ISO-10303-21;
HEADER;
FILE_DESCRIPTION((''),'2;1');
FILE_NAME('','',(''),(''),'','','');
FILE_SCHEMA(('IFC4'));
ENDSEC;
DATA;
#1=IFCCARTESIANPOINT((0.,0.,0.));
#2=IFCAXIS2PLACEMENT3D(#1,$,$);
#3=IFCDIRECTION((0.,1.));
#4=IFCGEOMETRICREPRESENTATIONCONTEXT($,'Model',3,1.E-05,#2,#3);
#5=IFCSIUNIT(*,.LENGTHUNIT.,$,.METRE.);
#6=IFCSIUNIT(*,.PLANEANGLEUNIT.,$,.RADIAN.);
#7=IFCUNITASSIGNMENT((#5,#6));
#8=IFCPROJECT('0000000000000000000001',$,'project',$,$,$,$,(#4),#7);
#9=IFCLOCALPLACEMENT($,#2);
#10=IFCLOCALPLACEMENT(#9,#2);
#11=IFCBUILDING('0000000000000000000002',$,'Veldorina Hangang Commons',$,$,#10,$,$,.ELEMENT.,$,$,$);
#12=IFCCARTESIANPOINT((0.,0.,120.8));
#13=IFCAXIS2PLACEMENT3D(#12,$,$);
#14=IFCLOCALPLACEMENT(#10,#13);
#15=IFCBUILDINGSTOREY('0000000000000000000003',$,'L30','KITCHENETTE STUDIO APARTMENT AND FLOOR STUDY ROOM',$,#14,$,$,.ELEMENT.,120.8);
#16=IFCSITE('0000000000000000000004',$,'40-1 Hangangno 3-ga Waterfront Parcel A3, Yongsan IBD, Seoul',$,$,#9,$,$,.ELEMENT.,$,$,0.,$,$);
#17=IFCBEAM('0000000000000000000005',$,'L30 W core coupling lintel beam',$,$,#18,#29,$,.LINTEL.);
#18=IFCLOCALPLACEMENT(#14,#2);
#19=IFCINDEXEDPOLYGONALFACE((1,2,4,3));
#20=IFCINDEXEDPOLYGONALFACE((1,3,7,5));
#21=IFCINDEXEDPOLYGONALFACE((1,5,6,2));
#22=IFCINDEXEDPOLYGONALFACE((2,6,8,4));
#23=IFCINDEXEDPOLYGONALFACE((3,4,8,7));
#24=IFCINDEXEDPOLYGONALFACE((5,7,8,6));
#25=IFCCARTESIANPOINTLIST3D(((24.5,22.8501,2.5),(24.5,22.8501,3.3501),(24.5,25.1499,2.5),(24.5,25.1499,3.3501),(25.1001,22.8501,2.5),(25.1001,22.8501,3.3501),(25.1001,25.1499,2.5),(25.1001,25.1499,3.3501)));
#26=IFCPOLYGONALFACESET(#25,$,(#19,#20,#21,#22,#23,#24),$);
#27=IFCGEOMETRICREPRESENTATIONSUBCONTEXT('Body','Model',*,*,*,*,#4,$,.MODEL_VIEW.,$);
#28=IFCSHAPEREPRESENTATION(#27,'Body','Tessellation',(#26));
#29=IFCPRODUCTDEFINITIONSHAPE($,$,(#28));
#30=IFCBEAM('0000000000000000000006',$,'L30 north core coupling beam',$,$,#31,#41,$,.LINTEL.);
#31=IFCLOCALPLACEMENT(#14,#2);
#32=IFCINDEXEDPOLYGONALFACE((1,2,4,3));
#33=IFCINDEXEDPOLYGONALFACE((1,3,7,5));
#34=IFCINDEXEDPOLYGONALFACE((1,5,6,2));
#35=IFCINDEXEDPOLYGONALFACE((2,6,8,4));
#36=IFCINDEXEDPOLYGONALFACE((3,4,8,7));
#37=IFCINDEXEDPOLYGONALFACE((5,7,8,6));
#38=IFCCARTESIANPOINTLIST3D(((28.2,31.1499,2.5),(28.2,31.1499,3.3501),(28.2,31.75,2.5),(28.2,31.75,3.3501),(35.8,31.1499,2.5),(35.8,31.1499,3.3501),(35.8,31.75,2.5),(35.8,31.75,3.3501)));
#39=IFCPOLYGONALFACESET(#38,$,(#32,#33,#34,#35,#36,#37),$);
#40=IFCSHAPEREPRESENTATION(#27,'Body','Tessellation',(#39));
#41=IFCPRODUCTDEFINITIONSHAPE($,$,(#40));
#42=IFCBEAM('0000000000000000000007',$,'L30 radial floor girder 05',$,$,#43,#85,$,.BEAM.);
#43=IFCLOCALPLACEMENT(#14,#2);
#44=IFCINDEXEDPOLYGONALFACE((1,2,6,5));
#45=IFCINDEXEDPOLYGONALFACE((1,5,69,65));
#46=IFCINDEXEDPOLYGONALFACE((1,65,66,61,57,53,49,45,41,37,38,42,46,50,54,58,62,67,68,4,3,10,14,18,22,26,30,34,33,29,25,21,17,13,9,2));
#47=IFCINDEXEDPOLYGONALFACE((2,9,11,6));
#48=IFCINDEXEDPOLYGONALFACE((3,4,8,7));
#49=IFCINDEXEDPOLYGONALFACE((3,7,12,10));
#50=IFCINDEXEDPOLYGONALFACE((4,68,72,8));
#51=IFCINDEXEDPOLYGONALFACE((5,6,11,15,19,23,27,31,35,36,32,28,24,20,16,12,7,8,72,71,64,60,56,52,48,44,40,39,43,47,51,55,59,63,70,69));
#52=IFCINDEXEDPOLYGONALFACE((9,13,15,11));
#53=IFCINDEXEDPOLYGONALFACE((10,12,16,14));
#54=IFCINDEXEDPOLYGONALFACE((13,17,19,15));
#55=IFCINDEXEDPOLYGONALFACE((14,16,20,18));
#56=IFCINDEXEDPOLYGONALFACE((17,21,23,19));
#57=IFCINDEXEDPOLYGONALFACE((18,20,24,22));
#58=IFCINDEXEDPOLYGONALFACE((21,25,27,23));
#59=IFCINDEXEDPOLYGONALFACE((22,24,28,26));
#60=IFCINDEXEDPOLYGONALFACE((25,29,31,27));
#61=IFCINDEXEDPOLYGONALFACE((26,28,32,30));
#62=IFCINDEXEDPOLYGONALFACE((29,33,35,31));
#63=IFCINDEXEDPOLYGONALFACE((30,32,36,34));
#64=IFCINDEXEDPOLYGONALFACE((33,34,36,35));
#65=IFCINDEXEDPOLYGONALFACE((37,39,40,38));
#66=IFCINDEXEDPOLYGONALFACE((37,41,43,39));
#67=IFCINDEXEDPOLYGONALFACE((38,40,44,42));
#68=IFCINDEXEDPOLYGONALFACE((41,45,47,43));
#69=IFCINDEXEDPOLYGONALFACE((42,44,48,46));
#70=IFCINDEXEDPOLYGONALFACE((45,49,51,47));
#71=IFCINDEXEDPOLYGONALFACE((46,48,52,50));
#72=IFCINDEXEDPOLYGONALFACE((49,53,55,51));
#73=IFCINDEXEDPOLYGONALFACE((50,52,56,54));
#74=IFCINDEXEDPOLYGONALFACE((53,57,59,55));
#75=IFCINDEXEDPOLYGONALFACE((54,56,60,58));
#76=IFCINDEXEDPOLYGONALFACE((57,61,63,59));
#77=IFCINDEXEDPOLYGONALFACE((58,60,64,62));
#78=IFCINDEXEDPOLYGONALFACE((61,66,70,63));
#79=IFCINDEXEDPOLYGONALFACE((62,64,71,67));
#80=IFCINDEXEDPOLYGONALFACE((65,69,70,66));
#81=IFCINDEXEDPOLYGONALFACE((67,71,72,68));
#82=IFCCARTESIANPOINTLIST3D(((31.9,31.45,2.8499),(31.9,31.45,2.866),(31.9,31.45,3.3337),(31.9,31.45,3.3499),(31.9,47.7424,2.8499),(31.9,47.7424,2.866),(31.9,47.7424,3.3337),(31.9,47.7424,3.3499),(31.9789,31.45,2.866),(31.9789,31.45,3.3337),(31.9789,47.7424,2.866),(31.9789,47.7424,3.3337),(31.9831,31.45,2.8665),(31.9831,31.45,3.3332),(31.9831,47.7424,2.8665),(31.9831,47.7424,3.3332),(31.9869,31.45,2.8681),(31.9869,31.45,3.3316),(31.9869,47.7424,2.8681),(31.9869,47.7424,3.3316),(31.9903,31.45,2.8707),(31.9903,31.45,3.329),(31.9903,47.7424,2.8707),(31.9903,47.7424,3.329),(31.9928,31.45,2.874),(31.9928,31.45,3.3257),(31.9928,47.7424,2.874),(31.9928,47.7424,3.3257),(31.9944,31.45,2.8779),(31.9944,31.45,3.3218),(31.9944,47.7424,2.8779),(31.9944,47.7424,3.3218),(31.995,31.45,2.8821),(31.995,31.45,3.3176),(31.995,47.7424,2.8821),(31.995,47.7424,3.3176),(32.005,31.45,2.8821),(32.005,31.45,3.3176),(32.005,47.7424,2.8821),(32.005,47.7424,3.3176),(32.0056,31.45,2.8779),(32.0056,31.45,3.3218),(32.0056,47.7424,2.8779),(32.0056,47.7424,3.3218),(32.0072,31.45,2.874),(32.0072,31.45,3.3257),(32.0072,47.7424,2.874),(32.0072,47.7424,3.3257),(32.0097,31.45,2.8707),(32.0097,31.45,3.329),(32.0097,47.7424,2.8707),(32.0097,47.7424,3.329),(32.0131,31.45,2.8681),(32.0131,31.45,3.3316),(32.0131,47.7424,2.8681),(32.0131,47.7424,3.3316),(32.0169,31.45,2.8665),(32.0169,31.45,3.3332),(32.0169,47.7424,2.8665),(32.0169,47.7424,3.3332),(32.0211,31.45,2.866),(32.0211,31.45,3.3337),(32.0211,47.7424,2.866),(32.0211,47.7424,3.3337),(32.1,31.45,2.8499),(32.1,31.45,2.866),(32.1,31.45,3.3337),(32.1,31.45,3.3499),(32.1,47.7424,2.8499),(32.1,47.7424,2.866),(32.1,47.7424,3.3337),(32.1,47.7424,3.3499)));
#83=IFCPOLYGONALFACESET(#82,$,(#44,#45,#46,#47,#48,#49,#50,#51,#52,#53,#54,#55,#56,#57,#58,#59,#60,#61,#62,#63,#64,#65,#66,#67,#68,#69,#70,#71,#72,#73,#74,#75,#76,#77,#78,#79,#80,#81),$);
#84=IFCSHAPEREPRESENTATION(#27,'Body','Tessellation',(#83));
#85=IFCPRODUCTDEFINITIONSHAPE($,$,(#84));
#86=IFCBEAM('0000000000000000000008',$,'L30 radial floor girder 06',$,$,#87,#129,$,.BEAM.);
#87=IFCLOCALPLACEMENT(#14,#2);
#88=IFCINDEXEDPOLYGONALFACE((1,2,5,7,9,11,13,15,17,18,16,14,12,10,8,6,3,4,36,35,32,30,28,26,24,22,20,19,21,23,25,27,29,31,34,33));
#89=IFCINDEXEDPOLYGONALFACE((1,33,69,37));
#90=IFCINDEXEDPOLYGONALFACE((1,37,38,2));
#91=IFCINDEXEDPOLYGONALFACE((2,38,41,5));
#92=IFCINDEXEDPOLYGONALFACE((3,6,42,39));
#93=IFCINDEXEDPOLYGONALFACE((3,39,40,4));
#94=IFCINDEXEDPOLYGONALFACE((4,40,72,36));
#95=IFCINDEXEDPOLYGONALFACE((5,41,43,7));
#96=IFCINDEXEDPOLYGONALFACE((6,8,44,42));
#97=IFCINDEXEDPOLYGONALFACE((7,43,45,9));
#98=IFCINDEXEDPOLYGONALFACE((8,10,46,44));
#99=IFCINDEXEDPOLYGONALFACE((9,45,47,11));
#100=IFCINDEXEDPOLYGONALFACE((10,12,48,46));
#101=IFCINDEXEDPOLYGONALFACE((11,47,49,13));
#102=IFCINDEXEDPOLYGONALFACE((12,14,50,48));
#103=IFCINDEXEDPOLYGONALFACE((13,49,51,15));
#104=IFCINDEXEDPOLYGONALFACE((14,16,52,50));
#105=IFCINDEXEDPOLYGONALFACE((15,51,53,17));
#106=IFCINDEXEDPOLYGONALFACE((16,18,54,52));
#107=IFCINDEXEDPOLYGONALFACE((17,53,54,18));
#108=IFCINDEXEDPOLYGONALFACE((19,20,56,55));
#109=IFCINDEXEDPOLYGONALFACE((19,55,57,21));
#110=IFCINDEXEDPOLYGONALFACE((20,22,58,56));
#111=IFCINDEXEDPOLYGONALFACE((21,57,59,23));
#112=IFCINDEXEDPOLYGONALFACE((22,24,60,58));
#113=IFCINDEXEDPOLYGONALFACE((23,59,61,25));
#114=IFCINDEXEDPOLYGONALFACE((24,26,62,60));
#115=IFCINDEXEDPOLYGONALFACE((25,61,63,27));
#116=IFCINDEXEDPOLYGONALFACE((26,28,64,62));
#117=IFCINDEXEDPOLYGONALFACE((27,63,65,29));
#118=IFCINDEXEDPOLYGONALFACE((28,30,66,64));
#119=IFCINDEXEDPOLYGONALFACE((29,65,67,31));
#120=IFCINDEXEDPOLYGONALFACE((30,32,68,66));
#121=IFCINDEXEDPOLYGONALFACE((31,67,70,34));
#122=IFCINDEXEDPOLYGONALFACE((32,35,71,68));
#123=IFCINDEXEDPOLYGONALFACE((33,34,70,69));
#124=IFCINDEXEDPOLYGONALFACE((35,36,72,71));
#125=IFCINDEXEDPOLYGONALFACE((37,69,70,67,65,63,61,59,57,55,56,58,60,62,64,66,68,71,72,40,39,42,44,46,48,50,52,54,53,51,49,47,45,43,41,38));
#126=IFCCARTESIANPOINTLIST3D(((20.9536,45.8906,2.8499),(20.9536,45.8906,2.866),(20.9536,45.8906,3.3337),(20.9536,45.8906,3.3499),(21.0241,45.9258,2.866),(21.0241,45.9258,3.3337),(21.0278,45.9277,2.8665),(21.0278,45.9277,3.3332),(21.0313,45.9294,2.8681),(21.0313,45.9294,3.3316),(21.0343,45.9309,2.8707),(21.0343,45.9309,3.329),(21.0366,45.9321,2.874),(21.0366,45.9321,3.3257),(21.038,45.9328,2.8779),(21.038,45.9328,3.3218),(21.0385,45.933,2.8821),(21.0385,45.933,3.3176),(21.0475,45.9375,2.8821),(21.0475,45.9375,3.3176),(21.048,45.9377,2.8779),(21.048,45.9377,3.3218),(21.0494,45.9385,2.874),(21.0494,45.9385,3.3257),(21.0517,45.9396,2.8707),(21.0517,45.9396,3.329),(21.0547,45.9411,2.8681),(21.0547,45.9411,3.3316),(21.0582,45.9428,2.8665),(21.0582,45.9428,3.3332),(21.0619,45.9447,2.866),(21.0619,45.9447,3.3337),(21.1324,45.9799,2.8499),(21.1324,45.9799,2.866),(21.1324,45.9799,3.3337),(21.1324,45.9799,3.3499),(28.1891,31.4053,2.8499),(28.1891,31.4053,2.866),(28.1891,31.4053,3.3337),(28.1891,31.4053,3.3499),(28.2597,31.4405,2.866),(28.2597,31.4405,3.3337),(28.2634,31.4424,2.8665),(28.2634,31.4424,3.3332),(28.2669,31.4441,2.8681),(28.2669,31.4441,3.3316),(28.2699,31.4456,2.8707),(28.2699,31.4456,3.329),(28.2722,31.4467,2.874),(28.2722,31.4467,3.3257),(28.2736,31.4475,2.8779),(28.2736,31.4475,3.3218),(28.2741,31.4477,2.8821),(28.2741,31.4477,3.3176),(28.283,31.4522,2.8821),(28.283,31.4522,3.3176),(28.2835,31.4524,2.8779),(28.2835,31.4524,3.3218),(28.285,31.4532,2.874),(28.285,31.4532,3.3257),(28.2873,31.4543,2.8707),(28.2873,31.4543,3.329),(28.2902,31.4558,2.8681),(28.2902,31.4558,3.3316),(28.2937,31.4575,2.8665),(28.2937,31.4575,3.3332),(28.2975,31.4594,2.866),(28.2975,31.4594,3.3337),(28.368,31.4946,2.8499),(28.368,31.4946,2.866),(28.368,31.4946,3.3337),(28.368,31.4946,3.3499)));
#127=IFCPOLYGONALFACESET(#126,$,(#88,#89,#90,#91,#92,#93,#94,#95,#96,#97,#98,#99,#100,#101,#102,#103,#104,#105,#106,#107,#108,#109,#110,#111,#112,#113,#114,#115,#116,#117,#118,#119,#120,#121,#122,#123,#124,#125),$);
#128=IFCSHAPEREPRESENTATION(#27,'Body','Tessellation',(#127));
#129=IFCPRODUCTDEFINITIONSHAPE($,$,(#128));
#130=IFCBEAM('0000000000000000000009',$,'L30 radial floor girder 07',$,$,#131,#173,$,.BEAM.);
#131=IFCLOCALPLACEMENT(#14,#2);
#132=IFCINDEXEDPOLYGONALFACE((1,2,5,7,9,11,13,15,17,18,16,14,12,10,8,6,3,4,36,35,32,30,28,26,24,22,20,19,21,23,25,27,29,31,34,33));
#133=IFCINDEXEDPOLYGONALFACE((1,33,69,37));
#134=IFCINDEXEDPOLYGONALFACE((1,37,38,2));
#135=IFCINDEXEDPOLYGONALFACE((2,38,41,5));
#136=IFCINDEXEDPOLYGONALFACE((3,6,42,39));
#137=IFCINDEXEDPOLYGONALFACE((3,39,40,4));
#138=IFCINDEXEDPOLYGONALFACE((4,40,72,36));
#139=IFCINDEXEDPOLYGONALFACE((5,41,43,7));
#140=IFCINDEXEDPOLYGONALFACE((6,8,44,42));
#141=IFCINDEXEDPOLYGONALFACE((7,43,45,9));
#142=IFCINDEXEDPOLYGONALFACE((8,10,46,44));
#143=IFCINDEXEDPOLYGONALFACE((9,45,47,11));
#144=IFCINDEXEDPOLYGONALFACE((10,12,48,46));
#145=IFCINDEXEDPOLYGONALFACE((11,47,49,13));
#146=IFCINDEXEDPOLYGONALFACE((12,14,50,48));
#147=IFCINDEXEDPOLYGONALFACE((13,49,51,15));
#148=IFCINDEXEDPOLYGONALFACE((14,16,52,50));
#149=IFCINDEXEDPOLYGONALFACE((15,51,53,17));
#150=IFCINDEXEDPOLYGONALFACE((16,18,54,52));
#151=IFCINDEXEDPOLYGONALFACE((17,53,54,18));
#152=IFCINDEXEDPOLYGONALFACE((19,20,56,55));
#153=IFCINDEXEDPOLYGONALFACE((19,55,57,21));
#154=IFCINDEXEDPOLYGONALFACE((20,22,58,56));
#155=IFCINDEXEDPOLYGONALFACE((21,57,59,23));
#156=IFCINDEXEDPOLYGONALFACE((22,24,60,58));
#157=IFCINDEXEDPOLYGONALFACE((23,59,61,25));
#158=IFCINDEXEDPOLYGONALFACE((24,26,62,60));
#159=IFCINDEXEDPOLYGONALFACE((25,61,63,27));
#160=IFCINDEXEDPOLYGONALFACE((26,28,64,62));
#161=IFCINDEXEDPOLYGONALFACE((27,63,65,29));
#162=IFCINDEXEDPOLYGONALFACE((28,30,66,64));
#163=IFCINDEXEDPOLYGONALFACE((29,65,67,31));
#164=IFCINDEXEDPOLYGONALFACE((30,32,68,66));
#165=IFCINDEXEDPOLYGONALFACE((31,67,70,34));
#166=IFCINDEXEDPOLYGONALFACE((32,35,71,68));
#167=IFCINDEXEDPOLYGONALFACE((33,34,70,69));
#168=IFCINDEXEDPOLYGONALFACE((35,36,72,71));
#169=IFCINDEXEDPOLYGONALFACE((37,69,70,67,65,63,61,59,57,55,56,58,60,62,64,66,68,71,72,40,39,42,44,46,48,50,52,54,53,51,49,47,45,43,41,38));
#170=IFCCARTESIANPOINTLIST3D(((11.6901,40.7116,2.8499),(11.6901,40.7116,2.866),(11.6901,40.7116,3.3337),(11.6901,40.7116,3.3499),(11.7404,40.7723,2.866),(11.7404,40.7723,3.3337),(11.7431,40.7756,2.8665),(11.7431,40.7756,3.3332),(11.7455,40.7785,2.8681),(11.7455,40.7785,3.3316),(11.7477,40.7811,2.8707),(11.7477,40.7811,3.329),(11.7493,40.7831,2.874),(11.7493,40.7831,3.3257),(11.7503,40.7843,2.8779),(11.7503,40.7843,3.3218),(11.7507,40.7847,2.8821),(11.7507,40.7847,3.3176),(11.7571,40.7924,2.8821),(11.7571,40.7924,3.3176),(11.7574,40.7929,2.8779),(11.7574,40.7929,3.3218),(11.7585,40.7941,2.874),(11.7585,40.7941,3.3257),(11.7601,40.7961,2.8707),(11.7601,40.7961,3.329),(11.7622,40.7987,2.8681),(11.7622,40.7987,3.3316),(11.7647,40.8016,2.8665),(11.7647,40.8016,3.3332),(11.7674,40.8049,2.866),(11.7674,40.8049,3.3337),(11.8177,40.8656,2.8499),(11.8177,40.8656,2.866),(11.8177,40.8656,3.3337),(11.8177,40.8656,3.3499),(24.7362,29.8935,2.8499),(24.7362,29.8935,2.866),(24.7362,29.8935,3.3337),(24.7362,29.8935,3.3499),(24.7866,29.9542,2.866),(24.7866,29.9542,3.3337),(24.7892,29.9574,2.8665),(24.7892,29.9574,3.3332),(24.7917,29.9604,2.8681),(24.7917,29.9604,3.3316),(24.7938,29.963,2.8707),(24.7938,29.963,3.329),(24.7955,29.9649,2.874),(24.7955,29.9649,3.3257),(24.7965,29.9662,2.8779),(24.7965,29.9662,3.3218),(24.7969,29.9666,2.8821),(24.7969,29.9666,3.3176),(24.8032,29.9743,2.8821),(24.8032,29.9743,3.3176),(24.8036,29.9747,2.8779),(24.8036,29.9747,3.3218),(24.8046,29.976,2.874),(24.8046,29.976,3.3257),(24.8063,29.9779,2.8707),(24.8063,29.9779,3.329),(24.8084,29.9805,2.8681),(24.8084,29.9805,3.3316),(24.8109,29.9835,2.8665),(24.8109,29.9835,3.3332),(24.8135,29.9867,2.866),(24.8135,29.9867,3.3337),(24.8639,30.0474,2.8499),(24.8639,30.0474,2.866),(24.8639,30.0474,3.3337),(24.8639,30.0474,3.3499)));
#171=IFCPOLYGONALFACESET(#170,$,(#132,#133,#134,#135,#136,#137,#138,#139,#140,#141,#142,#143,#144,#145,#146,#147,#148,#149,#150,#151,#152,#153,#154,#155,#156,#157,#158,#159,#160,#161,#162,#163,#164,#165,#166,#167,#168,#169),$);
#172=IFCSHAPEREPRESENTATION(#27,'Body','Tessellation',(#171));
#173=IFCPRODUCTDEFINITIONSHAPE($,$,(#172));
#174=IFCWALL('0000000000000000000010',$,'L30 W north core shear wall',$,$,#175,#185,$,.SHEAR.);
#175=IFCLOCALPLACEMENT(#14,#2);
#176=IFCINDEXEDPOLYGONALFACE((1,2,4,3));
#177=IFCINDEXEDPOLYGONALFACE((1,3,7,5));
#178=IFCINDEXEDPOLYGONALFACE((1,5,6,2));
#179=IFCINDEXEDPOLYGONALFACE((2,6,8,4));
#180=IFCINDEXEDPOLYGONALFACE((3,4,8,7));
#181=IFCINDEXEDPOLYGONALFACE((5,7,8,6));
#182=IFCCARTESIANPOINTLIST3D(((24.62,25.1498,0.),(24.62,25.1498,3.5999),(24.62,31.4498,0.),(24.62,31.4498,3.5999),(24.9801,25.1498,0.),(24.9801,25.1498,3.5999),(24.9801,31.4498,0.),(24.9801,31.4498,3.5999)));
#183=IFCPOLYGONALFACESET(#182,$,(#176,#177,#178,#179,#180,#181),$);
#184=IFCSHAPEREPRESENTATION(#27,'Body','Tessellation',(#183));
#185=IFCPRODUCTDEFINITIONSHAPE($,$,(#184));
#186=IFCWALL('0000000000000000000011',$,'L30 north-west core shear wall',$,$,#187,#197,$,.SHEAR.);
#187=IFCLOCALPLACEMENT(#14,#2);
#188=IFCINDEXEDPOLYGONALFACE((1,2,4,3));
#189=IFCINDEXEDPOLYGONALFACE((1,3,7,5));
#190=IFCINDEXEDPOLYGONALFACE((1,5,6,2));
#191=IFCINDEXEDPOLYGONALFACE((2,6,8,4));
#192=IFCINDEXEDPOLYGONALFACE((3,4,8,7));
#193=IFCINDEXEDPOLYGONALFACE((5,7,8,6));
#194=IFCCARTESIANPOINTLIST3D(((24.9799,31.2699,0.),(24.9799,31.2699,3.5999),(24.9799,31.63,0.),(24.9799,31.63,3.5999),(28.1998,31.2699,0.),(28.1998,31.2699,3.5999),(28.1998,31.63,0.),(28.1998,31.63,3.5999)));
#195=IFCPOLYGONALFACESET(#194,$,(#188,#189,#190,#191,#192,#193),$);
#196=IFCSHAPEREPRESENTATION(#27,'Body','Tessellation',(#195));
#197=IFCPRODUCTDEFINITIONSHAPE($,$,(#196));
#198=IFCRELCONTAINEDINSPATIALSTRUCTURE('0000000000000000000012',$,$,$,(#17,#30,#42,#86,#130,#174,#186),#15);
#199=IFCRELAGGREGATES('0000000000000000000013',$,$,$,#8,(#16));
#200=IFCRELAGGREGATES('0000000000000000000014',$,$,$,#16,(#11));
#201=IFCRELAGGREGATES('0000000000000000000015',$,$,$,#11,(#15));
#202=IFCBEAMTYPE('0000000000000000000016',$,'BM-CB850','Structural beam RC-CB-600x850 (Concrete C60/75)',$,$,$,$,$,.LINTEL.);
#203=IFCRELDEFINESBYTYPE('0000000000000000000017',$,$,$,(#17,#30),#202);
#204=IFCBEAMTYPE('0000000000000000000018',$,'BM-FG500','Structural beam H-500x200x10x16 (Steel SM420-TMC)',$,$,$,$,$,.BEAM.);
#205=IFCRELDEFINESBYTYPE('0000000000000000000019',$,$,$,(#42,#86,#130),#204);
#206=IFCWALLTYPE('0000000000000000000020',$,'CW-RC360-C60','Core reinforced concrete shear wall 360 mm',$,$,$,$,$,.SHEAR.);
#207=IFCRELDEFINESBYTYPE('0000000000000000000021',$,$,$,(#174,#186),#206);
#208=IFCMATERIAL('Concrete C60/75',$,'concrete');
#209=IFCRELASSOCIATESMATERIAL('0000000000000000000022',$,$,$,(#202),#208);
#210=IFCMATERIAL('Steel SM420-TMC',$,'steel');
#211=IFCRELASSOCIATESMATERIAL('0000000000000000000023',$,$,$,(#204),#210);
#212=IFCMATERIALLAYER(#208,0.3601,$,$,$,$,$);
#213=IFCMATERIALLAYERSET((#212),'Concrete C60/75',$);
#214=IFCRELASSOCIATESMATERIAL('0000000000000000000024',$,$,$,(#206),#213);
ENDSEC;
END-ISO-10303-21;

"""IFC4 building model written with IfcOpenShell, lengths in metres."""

from ifc_helpers import new_model, si_unit, direction, frame, frame_2d, origin, origin_2d, place, context, subcontext, project, spatial, rectangle, i_section, extrude, material, layer, layer_set, material_profile, profile_set, type_object, element, save


model = new_model("IFC4")

# Units and contexts
model_context = context("Model", 3, precision=1e-05, world=origin(), true_north=direction((0.0, 1.0)))
body_context = subcontext(model_context, "Body", "Model", "MODEL_VIEW")
ifc_project = project(units=[si_unit("LENGTHUNIT", "METRE"), si_unit("PLANEANGLEUNIT", "RADIAN")], contexts=[model_context])

# Site, building, storey
site_placement = place(None, origin())
site = spatial("IfcSite", under=ifc_project, at=site_placement, Name="40-1 Hangangno 3-ga Waterfront Parcel A3, Yongsan IBD, Seoul", CompositionType="ELEMENT", RefElevation=0.0)
building_placement = place(site_placement, origin())
building = spatial("IfcBuilding", under=site, at=building_placement, Name="Veldorina Hangang Commons", CompositionType="ELEMENT")
storey_placement = place(building_placement, frame((0.0, 0.0, 120.8)))
storey = spatial("IfcBuildingStorey", under=building, at=storey_placement, Name="L30", Description="KITCHENETTE STUDIO APARTMENT AND FLOOR STUDY ROOM", CompositionType="ELEMENT", Elevation=120.8)

# Beams
ifc_material_1 = material(Name="Concrete C60/75", Category="concrete")
ifc_material_profile_1 = material_profile(ifc_material_1, rectangle(XDim=0.6001, YDim=0.8501, at=origin_2d()), Name="RC-CB-600x850")
ifc_profile_set_1 = profile_set([ifc_material_profile_1], Name="Concrete C60/75")
beam_type_1 = type_object("IfcBeamType", Name="BM-CB850", Description="Structural beam RC-CB-600x850 (Concrete C60/75)", PredefinedType="LINTEL", material=ifc_profile_set_1)
beam_1_placement = place(storey_placement, frame((24.8, 22.8501, 2.925), z_axis=(0.0, 1.0, 0.0), x_axis=(-1.0, 0.0, 0.0)))
element("IfcBeam", 1, at=beam_1_placement, inside=storey, type_object=beam_type_1, Name="L30 W core coupling lintel beam", PredefinedType="LINTEL", context=body_context, shape_type="SweptSolid", body=[
    extrude(rectangle(XDim=0.6001, YDim=0.8501, at=origin_2d()), origin(), (0.0, 0.0, 1.0), 2.2998),
])
beam_2_placement = place(storey_placement, frame((28.2, 31.45, 2.925), z_axis=(1.0, 0.0, 0.0), x_axis=(0.0, 1.0, 0.0)))
element("IfcBeam", 2, at=beam_2_placement, inside=storey, type_object=beam_type_1, Name="L30 north core coupling beam", PredefinedType="LINTEL", context=body_context, shape_type="SweptSolid", body=[
    extrude(rectangle(XDim=0.6001, YDim=0.8501, at=origin_2d()), origin(), (0.0, 0.0, 1.0), 7.6001),
])
ifc_material_2 = material(Name="Steel SM420-TMC", Category="steel")
ifc_material_profile_2 = material_profile(ifc_material_2, i_section(OverallWidth=0.2, OverallDepth=0.5, WebThickness=0.01, FlangeThickness=0.0161, FilletRadius=0.0161, at=origin_2d()), Name="H-500x200x10x16")
ifc_profile_set_2 = profile_set([ifc_material_profile_2], Name="Steel SM420-TMC")
beam_type_2 = type_object("IfcBeamType", Name="BM-FG500", Description="Structural beam H-500x200x10x16 (Steel SM420-TMC)", PredefinedType="BEAM", material=ifc_profile_set_2)
beam_3_placement = place(storey_placement, frame((32.0, 31.45, 3.0999), z_axis=(0.0, 1.0, 0.0), x_axis=(-1.0, 0.0, 0.0)))
element("IfcBeam", 3, at=beam_3_placement, inside=storey, type_object=beam_type_2, Name="L30 radial floor girder 05", PredefinedType="BEAM", context=body_context, shape_type="SweptSolid", body=[
    extrude(i_section(OverallWidth=0.2, OverallDepth=0.5, WebThickness=0.01, FlangeThickness=0.0161, FilletRadius=0.0161, at=origin_2d()), origin(), (0.0, 0.0, 1.0), 16.2925),
])
beam_4_placement = place(storey_placement, frame((28.2786, 31.45, 3.0999), z_axis=(-0.446864, 0.894602, 0.0), x_axis=(-0.894602, -0.446864, 0.0)))
element("IfcBeam", 4, at=beam_4_placement, inside=storey, type_object=beam_type_2, Name="L30 radial floor girder 06", PredefinedType="BEAM", context=body_context, shape_type="SweptSolid", body=[
    extrude(i_section(OverallWidth=0.2, OverallDepth=0.5, WebThickness=0.01, FlangeThickness=0.0161, FilletRadius=0.0161, at=origin_2d()), origin(), (0.0, 0.0, 1.0), 16.1919),
])
beam_5_placement = place(storey_placement, frame((24.8, 29.9705, 3.0999), z_axis=(-0.769776, 0.638314, 0.0), x_axis=(-0.638314, -0.769776, 0.0)))
element("IfcBeam", 5, at=beam_5_placement, inside=storey, type_object=beam_type_2, Name="L30 radial floor girder 07", PredefinedType="BEAM", context=body_context, shape_type="SweptSolid", body=[
    extrude(i_section(OverallWidth=0.2, OverallDepth=0.5, WebThickness=0.01, FlangeThickness=0.0161, FilletRadius=0.0161, at=origin_2d()), origin(), (0.0, 0.0, 1.0), 16.948),
])

# Walls
ifc_layer_1 = layer(ifc_material_1, 0.3601)
ifc_layer_set_1 = layer_set([ifc_layer_1], Name="Concrete C60/75")
wall_type_1 = type_object("IfcWallType", Name="CW-RC360-C60", Description="Core reinforced concrete shear wall 360 mm", PredefinedType="SHEAR", material=ifc_layer_set_1)
wall_1_placement = place(storey_placement, frame((24.8, 25.1499, 0.0), z_axis=(0.0, 0.0, 1.0), x_axis=(0.0, 1.0, 0.0)))
element("IfcWall", 6, at=wall_1_placement, inside=storey, type_object=wall_type_1, Name="L30 W north core shear wall", PredefinedType="SHEAR", context=body_context, shape_type="SweptSolid", body=[
    extrude(rectangle(XDim=6.3, YDim=0.3601, at=frame_2d((3.1499, 0.0))), origin(), (0.0, 0.0, 1.0), 3.5999),
])
wall_2_placement = place(storey_placement, frame((24.98, 31.45, 0.0), z_axis=(0.0, 0.0, 1.0), x_axis=(1.0, 0.0, 0.0)))
element("IfcWall", 7, at=wall_2_placement, inside=storey, type_object=wall_type_1, Name="L30 north-west core shear wall", PredefinedType="SHEAR", context=body_context, shape_type="SweptSolid", body=[
    extrude(rectangle(XDim=3.22, YDim=0.3601, at=frame_2d((1.6099, 0.0))), origin(), (0.0, 0.0, 1.0), 3.5999),
])

save(model, "model.ifc")
